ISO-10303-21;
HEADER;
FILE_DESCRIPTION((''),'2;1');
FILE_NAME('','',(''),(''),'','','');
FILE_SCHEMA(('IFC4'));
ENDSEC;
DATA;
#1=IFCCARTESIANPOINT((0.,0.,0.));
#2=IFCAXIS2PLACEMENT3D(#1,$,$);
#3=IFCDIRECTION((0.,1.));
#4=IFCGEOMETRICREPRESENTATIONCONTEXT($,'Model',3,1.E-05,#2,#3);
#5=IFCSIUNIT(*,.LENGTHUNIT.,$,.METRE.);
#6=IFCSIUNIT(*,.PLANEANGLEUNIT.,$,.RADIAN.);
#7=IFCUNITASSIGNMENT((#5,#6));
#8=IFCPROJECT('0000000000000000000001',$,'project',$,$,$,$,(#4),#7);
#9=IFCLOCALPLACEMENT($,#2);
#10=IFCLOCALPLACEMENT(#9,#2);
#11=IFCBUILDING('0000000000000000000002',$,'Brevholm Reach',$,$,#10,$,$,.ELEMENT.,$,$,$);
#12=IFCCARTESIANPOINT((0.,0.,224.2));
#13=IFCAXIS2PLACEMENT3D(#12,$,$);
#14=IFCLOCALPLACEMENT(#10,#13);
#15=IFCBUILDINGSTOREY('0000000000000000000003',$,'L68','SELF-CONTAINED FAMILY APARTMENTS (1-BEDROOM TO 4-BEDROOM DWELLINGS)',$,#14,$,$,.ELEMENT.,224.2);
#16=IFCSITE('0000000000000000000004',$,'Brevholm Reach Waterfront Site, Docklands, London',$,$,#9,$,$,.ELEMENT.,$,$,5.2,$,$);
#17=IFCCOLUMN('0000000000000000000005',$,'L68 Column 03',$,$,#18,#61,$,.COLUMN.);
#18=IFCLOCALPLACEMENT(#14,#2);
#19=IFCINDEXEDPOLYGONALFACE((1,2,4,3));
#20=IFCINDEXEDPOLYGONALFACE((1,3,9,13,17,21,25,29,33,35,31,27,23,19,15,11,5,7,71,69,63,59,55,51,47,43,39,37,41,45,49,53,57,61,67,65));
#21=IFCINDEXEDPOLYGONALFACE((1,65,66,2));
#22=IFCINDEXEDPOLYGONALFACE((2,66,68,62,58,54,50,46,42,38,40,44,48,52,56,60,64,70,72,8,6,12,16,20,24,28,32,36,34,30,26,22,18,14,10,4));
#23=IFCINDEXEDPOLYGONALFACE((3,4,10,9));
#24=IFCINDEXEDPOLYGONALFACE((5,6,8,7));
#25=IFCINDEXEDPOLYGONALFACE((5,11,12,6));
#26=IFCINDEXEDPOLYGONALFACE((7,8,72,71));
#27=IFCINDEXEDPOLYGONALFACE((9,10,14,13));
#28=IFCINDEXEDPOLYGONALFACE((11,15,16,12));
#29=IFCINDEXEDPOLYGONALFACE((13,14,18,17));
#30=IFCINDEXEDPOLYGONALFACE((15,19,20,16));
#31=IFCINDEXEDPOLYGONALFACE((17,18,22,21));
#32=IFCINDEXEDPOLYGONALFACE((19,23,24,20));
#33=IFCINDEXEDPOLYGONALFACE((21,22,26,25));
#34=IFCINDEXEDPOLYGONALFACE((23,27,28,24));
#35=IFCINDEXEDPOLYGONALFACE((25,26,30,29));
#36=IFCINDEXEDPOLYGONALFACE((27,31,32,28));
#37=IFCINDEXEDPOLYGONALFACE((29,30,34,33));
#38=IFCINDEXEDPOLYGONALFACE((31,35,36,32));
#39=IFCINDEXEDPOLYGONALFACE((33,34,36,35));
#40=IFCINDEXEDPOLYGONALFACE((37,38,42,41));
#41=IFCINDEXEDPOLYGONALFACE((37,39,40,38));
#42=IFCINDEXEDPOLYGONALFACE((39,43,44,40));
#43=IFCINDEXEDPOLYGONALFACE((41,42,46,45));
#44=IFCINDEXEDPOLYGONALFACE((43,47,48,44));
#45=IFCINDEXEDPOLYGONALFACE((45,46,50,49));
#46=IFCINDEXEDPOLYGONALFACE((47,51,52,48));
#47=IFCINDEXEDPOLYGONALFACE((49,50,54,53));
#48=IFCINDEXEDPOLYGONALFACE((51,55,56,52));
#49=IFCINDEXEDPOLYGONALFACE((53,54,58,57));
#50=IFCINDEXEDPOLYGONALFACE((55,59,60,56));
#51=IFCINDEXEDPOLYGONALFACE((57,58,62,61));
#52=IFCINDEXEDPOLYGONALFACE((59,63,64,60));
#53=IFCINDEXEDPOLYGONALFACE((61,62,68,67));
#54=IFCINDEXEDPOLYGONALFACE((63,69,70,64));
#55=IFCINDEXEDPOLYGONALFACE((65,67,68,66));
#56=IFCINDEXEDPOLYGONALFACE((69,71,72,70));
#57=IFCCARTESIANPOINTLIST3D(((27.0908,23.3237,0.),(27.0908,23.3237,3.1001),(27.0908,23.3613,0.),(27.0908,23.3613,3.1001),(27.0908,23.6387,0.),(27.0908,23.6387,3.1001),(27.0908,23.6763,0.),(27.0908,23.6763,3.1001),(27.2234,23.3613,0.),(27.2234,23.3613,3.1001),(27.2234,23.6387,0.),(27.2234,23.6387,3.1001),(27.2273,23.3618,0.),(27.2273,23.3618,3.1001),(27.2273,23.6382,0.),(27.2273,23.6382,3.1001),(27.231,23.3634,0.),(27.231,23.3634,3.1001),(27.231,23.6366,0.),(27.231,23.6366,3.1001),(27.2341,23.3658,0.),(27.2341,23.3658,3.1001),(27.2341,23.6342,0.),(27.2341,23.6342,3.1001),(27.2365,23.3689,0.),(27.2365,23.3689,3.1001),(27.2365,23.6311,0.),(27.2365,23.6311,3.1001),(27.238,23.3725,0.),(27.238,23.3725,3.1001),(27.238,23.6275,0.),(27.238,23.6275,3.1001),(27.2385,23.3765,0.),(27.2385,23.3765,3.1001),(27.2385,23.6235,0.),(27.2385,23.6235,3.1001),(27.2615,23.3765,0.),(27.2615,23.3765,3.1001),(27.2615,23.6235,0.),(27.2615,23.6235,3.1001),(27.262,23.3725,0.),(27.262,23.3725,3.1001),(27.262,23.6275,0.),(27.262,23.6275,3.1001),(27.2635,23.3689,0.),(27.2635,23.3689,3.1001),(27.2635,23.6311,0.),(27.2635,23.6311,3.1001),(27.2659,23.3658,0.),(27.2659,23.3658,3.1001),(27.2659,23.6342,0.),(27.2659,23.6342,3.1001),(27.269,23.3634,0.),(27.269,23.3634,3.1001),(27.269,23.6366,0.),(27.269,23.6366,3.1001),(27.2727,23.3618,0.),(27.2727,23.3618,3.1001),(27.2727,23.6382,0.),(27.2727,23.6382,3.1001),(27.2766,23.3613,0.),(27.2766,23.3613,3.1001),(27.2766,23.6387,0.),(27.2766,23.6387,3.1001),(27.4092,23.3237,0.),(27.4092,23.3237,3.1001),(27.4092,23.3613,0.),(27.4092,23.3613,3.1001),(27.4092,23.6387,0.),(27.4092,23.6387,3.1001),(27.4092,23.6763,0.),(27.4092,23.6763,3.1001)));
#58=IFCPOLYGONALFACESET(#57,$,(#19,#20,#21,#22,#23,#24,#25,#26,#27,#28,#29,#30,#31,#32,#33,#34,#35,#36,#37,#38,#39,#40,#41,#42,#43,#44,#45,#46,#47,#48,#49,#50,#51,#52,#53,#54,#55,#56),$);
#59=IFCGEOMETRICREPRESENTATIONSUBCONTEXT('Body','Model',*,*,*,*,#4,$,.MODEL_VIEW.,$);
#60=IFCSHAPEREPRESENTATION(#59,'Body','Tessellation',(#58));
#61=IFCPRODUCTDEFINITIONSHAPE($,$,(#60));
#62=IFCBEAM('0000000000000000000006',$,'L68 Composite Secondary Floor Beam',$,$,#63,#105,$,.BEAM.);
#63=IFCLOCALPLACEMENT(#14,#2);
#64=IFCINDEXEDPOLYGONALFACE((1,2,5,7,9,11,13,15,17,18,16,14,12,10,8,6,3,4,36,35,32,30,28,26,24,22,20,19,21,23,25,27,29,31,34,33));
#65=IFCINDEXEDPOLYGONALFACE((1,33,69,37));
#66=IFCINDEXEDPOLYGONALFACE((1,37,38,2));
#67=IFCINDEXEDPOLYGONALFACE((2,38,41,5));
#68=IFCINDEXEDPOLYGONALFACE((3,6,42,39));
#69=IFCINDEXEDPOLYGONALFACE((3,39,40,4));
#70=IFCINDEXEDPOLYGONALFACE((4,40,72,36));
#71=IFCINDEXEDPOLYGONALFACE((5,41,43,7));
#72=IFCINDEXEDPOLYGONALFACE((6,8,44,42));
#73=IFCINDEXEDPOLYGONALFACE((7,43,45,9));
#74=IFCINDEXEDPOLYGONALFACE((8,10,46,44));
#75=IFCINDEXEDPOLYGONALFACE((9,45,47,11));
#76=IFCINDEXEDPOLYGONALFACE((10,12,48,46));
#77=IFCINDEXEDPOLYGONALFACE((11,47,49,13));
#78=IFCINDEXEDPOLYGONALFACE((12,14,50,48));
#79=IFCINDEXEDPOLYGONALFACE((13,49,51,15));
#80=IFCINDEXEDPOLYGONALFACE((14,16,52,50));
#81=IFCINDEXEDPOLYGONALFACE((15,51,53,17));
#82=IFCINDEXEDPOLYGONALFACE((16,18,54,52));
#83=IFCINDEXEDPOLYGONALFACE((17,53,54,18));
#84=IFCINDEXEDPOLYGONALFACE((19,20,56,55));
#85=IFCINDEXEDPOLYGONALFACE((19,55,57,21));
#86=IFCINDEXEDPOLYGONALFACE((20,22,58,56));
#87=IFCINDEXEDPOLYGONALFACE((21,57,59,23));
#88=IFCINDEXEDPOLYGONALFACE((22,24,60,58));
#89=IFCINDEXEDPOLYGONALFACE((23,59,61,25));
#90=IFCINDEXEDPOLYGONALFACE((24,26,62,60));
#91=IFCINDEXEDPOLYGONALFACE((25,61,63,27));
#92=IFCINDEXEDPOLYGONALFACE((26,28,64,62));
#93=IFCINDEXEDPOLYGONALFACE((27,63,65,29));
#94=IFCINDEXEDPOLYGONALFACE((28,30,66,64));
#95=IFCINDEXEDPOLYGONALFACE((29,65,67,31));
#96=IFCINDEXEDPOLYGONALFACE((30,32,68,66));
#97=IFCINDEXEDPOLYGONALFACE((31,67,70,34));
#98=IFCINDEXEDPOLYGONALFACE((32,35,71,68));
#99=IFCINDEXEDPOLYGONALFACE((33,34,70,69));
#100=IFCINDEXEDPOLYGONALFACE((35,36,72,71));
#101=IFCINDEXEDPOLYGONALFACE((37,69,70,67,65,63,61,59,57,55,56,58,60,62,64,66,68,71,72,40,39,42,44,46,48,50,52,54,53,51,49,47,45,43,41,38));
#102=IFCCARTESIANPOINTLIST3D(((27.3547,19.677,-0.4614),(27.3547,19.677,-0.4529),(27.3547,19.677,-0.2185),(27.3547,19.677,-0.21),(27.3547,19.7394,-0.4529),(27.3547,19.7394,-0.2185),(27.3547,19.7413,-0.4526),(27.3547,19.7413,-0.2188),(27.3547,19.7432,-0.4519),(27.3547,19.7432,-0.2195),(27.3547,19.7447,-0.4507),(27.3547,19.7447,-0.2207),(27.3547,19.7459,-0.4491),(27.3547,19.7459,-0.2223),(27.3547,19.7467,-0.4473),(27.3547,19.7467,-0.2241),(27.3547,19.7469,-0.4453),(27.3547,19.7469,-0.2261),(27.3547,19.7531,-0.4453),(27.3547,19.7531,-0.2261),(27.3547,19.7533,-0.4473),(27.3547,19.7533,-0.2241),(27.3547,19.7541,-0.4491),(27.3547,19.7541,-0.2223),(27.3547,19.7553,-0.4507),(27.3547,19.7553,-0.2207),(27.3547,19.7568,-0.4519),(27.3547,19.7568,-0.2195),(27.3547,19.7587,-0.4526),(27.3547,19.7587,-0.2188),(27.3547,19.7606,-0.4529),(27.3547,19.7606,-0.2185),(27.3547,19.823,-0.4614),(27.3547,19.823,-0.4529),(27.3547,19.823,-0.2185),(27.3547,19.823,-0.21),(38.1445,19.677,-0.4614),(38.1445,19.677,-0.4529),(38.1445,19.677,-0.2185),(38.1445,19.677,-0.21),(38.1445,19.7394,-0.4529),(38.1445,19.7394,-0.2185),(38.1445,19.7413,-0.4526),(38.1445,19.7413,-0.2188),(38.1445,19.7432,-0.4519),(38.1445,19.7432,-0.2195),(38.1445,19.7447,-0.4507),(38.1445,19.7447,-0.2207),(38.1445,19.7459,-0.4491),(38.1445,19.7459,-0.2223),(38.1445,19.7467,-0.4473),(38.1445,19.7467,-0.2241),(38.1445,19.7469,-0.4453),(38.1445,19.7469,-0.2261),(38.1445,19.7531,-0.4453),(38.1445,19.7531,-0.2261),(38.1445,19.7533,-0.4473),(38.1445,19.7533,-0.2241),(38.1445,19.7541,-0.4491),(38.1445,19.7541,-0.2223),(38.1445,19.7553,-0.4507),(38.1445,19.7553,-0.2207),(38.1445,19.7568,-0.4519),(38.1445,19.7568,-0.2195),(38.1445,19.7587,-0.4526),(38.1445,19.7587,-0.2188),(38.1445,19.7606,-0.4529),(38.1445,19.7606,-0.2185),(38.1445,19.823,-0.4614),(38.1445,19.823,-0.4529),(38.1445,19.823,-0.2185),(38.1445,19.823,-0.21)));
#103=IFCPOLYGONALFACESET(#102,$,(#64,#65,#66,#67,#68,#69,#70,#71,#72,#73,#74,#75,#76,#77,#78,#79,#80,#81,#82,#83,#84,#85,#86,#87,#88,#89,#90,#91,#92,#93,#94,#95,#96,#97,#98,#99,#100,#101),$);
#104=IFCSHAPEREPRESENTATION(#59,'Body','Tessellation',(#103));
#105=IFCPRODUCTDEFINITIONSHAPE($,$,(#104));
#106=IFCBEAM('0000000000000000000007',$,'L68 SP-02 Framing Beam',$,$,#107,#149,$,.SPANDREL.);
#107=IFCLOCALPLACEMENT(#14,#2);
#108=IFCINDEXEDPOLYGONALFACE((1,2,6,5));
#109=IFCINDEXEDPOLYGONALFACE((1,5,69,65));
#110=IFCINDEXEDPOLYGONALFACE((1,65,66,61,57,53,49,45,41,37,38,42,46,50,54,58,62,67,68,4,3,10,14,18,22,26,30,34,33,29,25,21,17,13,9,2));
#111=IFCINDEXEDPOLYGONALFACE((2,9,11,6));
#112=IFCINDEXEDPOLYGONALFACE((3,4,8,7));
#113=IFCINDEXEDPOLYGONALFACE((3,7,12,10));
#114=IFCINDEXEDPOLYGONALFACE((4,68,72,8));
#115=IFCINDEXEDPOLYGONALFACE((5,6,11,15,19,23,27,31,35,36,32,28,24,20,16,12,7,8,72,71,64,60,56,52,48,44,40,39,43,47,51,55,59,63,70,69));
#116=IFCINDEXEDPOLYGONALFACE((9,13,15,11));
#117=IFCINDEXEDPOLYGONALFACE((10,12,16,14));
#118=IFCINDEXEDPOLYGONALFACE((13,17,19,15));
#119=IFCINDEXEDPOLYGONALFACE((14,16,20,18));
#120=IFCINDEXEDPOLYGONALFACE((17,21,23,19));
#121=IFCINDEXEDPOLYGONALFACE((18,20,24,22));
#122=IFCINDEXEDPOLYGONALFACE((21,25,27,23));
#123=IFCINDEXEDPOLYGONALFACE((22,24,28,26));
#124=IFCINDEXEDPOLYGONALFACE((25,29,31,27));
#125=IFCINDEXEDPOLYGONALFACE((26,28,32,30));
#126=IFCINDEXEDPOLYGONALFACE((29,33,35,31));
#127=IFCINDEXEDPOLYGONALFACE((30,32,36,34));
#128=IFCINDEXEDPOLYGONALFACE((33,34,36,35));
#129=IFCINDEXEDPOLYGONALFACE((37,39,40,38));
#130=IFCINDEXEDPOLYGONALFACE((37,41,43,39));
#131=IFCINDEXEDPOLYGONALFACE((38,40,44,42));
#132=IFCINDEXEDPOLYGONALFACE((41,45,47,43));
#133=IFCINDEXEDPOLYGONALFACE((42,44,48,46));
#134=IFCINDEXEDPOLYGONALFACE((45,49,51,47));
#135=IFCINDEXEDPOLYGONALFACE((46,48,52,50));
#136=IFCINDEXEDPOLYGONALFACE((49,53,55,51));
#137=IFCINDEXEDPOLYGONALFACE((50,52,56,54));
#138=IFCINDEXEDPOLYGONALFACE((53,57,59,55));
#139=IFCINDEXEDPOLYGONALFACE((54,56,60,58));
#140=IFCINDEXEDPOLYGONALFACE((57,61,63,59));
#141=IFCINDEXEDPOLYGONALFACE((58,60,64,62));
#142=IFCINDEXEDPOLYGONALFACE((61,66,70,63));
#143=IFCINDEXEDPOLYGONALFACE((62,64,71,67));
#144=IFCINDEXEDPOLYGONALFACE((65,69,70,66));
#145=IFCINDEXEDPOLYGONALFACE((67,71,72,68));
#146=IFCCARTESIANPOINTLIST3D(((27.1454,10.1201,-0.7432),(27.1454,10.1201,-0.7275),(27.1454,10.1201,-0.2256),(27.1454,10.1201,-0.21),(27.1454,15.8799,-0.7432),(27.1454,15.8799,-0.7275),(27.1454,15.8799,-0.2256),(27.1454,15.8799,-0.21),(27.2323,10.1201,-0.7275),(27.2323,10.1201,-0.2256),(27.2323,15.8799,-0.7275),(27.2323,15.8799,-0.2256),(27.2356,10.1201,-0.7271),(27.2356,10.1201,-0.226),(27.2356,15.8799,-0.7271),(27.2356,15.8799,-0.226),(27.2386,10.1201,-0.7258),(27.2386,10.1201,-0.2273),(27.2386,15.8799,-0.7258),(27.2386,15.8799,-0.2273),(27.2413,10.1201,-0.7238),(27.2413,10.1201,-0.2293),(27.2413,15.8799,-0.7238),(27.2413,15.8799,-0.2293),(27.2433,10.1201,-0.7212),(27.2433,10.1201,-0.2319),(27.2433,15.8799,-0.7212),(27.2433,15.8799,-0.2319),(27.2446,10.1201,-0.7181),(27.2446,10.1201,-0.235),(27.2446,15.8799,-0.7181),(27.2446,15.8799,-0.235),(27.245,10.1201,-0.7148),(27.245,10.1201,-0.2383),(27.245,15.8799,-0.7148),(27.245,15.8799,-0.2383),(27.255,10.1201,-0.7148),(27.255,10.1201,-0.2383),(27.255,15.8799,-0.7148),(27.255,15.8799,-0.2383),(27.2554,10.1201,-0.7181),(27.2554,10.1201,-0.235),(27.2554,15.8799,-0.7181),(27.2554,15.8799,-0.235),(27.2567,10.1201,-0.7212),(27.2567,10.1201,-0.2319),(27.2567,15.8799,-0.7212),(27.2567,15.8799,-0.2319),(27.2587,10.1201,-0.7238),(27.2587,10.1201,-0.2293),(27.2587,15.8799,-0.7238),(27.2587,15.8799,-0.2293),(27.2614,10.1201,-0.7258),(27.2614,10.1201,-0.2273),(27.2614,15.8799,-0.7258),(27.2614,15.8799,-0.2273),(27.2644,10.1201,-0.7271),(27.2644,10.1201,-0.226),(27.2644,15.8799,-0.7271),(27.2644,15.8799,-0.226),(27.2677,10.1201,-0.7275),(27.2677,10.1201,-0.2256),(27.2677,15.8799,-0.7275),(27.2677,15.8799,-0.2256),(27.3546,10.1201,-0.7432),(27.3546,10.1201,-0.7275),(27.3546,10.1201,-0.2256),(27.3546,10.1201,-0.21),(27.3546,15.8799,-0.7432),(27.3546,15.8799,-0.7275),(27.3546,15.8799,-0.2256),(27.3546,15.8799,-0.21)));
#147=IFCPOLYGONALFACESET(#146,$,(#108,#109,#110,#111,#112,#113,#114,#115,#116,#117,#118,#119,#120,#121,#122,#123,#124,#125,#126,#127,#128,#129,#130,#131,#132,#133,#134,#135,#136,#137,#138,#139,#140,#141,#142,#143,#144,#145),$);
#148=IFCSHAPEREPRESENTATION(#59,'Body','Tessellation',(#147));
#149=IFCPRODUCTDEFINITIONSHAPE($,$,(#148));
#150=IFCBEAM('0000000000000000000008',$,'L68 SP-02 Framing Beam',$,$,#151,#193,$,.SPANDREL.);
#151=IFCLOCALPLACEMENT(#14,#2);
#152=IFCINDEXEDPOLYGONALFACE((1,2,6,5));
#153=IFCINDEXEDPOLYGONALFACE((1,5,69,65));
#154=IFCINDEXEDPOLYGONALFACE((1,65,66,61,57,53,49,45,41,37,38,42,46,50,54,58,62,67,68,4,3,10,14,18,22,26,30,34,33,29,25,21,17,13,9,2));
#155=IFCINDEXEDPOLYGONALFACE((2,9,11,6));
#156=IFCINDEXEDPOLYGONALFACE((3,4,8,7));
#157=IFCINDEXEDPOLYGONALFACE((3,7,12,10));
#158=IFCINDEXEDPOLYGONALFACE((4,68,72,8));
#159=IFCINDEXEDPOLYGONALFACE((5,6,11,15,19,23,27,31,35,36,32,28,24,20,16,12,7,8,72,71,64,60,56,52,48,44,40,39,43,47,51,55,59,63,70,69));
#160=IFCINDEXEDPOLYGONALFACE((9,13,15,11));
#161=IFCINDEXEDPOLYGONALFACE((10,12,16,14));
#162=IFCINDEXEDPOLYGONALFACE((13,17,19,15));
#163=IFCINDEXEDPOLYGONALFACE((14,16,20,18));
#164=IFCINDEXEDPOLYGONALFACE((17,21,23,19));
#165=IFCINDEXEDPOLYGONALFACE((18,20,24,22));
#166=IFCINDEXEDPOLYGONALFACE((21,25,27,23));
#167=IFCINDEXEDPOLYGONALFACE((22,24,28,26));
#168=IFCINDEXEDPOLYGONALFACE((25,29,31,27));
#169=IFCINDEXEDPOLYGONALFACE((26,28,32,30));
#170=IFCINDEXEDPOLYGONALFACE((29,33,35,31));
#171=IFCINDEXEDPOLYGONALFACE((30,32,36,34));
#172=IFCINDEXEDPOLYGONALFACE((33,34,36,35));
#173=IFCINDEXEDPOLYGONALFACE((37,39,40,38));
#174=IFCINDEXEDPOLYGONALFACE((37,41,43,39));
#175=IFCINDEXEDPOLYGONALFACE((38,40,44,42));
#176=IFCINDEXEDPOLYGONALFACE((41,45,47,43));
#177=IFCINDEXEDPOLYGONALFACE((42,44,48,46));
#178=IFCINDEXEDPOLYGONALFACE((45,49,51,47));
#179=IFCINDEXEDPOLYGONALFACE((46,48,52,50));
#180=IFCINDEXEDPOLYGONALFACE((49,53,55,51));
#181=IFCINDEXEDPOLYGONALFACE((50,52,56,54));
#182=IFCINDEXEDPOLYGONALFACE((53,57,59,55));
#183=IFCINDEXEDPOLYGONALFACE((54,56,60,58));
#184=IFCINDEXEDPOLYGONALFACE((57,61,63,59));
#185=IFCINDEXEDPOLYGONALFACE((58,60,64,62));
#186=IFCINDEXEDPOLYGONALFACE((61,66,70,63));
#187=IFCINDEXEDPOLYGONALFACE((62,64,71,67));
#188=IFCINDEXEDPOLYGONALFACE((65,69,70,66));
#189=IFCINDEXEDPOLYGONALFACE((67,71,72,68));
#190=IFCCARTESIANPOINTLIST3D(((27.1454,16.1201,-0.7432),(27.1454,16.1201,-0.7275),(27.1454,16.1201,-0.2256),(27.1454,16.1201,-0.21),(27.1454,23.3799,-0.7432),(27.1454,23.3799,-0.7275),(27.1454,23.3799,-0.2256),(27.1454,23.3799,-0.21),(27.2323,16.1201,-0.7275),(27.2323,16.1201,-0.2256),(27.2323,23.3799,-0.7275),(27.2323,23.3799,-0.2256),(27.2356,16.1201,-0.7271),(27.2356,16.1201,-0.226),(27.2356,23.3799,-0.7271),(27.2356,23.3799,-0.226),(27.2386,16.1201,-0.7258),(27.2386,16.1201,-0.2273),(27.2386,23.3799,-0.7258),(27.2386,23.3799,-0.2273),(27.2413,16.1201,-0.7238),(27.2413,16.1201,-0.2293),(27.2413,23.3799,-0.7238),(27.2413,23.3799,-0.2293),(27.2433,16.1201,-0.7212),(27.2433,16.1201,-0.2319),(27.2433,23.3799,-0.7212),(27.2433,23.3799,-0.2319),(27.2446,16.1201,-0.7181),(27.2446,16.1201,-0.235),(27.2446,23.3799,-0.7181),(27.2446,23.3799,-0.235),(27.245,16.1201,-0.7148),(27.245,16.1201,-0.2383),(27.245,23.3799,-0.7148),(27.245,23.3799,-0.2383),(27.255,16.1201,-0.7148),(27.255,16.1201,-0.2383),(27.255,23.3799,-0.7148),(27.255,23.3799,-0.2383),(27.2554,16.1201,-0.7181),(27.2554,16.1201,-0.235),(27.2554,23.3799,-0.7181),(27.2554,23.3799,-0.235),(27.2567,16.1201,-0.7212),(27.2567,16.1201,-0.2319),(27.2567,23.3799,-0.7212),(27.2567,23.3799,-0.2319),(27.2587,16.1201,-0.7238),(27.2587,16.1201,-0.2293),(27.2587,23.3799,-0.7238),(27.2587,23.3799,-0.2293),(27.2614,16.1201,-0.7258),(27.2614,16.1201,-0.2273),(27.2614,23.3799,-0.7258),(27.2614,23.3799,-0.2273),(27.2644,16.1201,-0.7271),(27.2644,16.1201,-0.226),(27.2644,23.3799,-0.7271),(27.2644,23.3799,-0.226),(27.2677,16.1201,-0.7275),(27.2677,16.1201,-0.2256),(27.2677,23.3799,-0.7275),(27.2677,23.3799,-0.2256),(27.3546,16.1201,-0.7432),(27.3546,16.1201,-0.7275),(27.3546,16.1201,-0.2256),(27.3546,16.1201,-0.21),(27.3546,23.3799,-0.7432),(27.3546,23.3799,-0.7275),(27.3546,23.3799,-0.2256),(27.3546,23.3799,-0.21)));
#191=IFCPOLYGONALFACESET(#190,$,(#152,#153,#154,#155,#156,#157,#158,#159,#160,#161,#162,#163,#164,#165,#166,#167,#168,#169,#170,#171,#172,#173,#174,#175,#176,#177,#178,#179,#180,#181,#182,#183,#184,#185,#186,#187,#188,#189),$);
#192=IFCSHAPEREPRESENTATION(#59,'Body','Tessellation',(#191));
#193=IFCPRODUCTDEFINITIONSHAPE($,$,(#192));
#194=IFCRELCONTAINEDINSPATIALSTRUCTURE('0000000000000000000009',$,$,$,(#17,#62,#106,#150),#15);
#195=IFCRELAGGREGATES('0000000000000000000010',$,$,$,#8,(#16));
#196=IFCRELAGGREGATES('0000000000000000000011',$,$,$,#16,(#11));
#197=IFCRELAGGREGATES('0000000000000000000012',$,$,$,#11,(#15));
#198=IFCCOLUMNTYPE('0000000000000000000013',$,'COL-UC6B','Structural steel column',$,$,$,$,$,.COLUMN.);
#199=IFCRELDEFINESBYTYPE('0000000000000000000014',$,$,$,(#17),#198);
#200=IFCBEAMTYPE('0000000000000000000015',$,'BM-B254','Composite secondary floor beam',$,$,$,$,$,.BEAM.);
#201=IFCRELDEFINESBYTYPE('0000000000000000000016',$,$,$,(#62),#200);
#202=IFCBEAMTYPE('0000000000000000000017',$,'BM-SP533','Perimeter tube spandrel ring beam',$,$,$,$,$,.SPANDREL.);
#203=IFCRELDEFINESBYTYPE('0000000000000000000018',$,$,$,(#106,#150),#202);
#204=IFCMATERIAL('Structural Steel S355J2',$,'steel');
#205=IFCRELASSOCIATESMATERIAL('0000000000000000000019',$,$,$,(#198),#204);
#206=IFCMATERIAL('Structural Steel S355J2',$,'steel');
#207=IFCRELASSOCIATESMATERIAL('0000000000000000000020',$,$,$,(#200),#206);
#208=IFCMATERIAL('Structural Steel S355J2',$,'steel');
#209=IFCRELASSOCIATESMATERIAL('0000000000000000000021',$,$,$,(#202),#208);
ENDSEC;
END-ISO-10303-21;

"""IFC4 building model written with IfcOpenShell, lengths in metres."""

from ifc_helpers import new_model, si_unit, direction, frame, origin, origin_2d, place, context, subcontext, project, spatial, i_section, extrude, material, material_profile, profile_set, type_object, element, save


model = new_model("IFC4")

# Units and contexts
model_context = context("Model", 3, precision=1e-05, world=origin(), true_north=direction((0.0, 1.0)))
body_context = subcontext(model_context, "Body", "Model", "MODEL_VIEW")
ifc_project = project(units=[si_unit("LENGTHUNIT", "METRE"), si_unit("PLANEANGLEUNIT", "RADIAN")], contexts=[model_context])

# Site, building, storey
site_placement = place(None, origin())
site = spatial("IfcSite", under=ifc_project, at=site_placement, Name="Brevholm Reach Waterfront Site, Docklands, London", CompositionType="ELEMENT", RefElevation=5.2)
building_placement = place(site_placement, origin())
building = spatial("IfcBuilding", under=site, at=building_placement, Name="Brevholm Reach", CompositionType="ELEMENT")
storey_placement = place(building_placement, frame((0.0, 0.0, 224.2)))
storey = spatial("IfcBuildingStorey", under=building, at=storey_placement, Name="L68", Description="SELF-CONTAINED FAMILY APARTMENTS (1-BEDROOM TO 4-BEDROOM DWELLINGS)", CompositionType="ELEMENT", Elevation=224.2)

# Column
ifc_material_1 = material(Name="Structural Steel S355J2", Category="steel")
ifc_material_profile_1 = material_profile(ifc_material_1, i_section(OverallWidth=0.3184, OverallDepth=0.3525, WebThickness=0.0229, FlangeThickness=0.0376, FilletRadius=0.0151, at=origin_2d()), Name="UKC 305x305x240")
ifc_profile_set_1 = profile_set([ifc_material_profile_1], Name="Structural Steel S355J2")
column_type = type_object("IfcColumnType", Name="COL-UC6B", Description="Structural steel column", PredefinedType="COLUMN", material=ifc_profile_set_1)
column_placement = place(storey_placement, frame((27.25, 23.5, 0.0), z_axis=(0.0, 0.0, 1.0), x_axis=(1.0, 0.0, 0.0)))
element("IfcColumn", 1, at=column_placement, inside=storey, type_object=column_type, Name="L68 Column 03", PredefinedType="COLUMN", context=body_context, shape_type="SweptSolid", body=[
    extrude(i_section(OverallWidth=0.3184, OverallDepth=0.3525, WebThickness=0.0229, FlangeThickness=0.0376, FilletRadius=0.0151, at=origin_2d()), origin(), (0.0, 0.0, 1.0), 3.1001),
])

# Beams
ifc_material_2 = material(Name="Structural Steel S355J2", Category="steel")
ifc_material_profile_2 = material_profile(ifc_material_2, i_section(OverallWidth=0.146, OverallDepth=0.2515, WebThickness=0.0061, FlangeThickness=0.0085, FilletRadius=0.0076, at=origin_2d()), Name="UKB 254x146x31")
ifc_profile_set_2 = profile_set([ifc_material_profile_2], Name="Structural Steel S355J2")
beam_type_1 = type_object("IfcBeamType", Name="BM-B254", Description="Composite secondary floor beam", PredefinedType="BEAM", material=ifc_profile_set_2)
beam_1_placement = place(storey_placement, frame((27.3547, 19.75, -0.3357), z_axis=(1.0, 0.0, 0.0), x_axis=(0.0, 1.0, 0.0)))
element("IfcBeam", 2, at=beam_1_placement, inside=storey, type_object=beam_type_1, Name="L68 Composite Secondary Floor Beam", PredefinedType="BEAM", context=body_context, shape_type="SweptSolid", body=[
    extrude(i_section(OverallWidth=0.146, OverallDepth=0.2515, WebThickness=0.0061, FlangeThickness=0.0085, FilletRadius=0.0076, at=origin_2d()), origin(), (0.0, 0.0, 1.0), 10.7898),
])
ifc_material_3 = material(Name="Structural Steel S355J2", Category="steel")
ifc_material_profile_3 = material_profile(ifc_material_3, i_section(OverallWidth=0.2092, OverallDepth=0.5332, WebThickness=0.01, FlangeThickness=0.0156, FilletRadius=0.0127, at=origin_2d()), Name="UKB 533x210x92")
ifc_profile_set_3 = profile_set([ifc_material_profile_3], Name="Structural Steel S355J2")
beam_type_2 = type_object("IfcBeamType", Name="BM-SP533", Description="Perimeter tube spandrel ring beam", PredefinedType="SPANDREL", material=ifc_profile_set_3)
beam_2_placement = place(storey_placement, frame((27.25, 10.1201, -0.4766), z_axis=(0.0, 1.0, 0.0), x_axis=(-1.0, 0.0, 0.0)))
element("IfcBeam", 3, at=beam_2_placement, inside=storey, type_object=beam_type_2, Name="L68 SP-02 Framing Beam", PredefinedType="SPANDREL", context=body_context, shape_type="SweptSolid", body=[
    extrude(i_section(OverallWidth=0.2092, OverallDepth=0.5332, WebThickness=0.01, FlangeThickness=0.0156, FilletRadius=0.0127, at=origin_2d()), origin(), (0.0, 0.0, 1.0), 5.7598),
])
beam_3_placement = place(storey_placement, frame((27.25, 16.1201, -0.4766), z_axis=(0.0, 1.0, 0.0), x_axis=(-1.0, 0.0, 0.0)))
element("IfcBeam", 4, at=beam_3_placement, inside=storey, type_object=beam_type_2, Name="L68 SP-02 Framing Beam", PredefinedType="SPANDREL", context=body_context, shape_type="SweptSolid", body=[
    extrude(i_section(OverallWidth=0.2092, OverallDepth=0.5332, WebThickness=0.01, FlangeThickness=0.0156, FilletRadius=0.0127, at=origin_2d()), origin(), (0.0, 0.0, 1.0), 7.2598),
])

save(model, "model.ifc")
